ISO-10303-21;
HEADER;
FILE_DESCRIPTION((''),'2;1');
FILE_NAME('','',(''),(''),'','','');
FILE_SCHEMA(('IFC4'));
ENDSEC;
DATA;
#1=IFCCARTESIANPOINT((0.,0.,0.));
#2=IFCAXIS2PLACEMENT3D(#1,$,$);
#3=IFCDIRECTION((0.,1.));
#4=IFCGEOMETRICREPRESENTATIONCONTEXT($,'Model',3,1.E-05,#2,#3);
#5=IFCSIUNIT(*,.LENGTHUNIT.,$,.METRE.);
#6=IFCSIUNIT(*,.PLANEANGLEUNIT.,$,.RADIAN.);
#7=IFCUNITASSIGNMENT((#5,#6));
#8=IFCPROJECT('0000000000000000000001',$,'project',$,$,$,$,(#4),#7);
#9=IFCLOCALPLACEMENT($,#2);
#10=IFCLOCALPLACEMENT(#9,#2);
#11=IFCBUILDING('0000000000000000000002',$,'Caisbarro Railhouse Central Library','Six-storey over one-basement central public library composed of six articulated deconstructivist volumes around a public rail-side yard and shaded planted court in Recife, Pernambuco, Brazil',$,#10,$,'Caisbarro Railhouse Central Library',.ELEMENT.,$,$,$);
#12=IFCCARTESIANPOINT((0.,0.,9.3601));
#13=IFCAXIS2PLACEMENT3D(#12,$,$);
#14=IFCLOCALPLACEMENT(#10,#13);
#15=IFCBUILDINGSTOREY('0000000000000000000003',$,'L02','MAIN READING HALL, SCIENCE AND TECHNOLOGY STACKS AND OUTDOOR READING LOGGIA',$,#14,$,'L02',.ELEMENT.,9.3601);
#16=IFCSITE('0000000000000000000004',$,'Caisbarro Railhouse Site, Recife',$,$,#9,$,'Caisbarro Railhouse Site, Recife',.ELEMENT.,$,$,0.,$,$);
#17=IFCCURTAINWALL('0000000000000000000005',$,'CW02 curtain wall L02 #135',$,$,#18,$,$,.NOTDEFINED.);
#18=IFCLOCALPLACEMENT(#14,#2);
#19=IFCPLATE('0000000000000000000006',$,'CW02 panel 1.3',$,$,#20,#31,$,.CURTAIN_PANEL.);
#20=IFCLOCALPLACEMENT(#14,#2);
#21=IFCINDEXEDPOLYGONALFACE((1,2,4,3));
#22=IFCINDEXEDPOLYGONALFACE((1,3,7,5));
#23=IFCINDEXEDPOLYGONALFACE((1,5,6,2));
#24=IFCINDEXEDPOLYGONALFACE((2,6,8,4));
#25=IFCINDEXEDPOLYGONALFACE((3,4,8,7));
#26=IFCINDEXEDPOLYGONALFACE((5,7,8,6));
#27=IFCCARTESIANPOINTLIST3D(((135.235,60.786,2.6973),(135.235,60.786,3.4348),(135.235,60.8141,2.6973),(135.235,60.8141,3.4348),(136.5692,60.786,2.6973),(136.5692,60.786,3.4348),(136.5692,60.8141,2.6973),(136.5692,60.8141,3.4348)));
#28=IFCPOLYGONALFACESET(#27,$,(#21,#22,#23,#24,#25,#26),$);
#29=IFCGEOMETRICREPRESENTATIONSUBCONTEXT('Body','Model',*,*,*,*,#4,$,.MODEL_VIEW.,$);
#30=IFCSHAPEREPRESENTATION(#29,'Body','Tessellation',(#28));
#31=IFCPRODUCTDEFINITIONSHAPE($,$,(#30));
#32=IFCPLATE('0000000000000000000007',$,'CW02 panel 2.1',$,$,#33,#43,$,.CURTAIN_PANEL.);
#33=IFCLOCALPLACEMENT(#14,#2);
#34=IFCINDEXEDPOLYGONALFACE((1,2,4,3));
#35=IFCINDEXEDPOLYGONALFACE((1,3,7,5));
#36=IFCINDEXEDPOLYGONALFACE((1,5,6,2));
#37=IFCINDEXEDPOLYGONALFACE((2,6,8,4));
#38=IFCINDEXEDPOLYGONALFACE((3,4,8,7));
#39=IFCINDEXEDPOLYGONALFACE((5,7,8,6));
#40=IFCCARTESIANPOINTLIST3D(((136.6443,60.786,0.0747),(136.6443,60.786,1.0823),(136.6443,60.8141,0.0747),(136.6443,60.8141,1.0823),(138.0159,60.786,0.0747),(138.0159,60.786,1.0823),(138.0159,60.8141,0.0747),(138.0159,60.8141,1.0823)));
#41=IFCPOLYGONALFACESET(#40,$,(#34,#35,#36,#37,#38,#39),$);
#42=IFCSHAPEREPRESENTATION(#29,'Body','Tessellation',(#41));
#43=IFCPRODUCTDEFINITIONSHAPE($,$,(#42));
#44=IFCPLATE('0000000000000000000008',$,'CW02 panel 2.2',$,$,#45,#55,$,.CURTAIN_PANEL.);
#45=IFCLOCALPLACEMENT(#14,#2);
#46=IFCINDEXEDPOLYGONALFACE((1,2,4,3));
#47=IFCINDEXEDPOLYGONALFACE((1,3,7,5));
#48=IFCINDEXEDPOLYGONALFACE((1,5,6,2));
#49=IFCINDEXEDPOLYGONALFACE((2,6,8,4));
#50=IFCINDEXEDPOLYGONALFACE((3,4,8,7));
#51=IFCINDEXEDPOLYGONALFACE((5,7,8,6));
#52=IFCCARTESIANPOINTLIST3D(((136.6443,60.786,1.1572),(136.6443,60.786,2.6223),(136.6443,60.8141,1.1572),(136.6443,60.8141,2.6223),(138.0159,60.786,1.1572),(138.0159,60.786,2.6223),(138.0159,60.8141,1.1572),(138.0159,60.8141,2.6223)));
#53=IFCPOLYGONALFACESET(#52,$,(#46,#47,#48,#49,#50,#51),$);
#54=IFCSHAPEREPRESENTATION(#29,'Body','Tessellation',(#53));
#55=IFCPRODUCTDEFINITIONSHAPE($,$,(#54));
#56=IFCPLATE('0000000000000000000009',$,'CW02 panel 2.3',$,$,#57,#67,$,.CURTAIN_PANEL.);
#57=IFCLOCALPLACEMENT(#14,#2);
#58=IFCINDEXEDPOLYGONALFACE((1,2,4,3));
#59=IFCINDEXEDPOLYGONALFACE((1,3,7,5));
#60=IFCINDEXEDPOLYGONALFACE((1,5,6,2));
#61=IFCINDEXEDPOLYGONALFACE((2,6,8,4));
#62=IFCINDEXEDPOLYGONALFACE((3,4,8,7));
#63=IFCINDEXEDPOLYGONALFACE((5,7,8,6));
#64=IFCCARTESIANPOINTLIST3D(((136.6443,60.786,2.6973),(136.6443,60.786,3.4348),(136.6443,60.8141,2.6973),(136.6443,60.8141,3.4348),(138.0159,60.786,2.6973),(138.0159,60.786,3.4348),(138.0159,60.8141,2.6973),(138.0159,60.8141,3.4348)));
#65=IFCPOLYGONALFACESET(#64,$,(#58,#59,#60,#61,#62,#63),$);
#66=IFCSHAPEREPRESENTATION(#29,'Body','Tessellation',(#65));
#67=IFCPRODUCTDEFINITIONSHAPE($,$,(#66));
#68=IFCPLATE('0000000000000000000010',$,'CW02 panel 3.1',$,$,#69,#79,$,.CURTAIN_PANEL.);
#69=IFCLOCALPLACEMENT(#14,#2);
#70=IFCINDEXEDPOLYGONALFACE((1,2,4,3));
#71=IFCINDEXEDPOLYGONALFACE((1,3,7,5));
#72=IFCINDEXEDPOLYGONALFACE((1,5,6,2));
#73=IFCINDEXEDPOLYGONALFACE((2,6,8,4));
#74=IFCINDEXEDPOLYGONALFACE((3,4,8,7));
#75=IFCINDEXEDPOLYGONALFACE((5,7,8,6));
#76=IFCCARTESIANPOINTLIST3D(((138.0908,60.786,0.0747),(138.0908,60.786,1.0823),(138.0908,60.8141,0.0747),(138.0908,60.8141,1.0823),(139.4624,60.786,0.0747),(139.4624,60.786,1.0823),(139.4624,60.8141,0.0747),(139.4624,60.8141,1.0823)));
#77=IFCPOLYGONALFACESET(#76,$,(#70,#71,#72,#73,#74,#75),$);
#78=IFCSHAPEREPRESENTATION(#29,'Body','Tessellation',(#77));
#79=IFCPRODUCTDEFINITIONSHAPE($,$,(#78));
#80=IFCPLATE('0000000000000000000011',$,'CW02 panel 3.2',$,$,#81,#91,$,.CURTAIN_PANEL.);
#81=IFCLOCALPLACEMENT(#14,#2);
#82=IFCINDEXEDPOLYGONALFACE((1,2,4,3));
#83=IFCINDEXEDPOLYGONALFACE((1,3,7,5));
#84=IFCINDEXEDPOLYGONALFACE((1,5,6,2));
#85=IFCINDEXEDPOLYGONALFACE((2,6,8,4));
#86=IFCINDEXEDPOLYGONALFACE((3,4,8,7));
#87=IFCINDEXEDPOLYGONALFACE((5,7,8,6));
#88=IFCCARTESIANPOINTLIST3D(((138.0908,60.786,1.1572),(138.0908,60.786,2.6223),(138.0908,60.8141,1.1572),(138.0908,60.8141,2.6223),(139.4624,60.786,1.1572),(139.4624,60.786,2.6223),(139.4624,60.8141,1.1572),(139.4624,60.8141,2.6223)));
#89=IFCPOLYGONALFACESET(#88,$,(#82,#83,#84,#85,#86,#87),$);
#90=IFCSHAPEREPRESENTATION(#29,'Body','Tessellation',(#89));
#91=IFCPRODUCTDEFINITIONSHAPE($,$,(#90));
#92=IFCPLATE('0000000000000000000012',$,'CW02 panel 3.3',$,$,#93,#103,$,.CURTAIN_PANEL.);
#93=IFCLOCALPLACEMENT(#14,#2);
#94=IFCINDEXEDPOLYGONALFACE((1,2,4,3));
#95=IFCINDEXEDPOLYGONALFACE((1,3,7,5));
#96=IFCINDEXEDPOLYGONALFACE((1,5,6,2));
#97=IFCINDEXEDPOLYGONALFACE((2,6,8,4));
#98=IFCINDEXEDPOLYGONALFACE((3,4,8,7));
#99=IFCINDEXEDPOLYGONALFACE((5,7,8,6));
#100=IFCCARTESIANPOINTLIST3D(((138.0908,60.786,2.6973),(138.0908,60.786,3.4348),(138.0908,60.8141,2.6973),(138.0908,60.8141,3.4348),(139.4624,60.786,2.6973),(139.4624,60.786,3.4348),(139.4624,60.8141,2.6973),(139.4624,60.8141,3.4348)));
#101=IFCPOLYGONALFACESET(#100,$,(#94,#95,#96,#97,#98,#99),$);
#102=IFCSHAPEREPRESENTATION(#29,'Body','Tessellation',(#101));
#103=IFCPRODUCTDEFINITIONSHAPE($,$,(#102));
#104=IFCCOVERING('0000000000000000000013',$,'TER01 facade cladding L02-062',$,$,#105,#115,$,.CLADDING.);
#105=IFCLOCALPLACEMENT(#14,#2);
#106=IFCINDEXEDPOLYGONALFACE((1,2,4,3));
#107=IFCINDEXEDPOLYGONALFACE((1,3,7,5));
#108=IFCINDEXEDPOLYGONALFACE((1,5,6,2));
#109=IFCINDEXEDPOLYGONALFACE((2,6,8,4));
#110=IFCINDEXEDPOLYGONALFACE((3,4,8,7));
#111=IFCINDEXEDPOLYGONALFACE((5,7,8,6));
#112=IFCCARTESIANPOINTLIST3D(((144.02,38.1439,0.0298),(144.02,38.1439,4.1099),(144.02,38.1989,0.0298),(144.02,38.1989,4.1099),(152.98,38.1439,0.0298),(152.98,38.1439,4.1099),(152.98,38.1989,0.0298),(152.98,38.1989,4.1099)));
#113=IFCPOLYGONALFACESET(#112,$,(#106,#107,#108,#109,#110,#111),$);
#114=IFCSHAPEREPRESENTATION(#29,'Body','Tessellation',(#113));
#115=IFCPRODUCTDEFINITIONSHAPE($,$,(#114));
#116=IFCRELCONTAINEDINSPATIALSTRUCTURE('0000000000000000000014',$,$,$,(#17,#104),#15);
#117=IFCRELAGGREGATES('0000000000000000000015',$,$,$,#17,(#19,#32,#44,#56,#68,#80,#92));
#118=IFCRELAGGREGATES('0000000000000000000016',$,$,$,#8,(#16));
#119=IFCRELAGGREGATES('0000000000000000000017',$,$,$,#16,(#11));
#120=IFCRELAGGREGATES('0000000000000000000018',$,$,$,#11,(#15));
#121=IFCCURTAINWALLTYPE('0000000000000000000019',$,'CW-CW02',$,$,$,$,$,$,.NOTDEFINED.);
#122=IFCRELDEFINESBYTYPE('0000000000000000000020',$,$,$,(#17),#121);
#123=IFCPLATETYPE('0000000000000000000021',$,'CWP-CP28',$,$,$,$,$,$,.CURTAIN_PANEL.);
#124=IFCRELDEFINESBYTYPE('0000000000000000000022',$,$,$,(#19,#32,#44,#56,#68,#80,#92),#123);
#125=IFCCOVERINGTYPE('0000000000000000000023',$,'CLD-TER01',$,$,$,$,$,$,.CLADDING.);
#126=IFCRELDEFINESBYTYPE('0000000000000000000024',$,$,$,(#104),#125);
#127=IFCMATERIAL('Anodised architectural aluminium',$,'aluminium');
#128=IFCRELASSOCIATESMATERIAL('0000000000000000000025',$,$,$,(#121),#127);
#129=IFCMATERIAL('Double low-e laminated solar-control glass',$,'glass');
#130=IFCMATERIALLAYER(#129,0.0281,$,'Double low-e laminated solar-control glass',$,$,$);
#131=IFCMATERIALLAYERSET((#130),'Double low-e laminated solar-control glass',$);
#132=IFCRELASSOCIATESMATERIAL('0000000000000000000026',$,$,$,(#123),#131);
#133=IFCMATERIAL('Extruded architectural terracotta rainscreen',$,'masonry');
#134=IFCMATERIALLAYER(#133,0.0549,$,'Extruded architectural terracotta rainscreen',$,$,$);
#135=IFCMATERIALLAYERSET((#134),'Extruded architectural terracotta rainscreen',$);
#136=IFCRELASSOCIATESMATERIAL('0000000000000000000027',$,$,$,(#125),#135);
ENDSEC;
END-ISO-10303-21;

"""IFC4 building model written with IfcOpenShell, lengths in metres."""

from ifc_helpers import new_model, si_unit, direction, frame, origin, origin_2d, place, context, subcontext, project, spatial, rectangle, extrude, material, layer, layer_set, type_object, element, aggregate, save


model = new_model("IFC4")

# Units and contexts
model_context = context("Model", 3, precision=1e-05, world=origin(), true_north=direction((0.0, 1.0)))
body_context = subcontext(model_context, "Body", "Model", "MODEL_VIEW")
ifc_project = project(units=[si_unit("LENGTHUNIT", "METRE"), si_unit("PLANEANGLEUNIT", "RADIAN")], contexts=[model_context])

# Site, building, storey
site_placement = place(None, origin())
site = spatial("IfcSite", under=ifc_project, at=site_placement, Name="Caisbarro Railhouse Site, Recife", LongName="Caisbarro Railhouse Site, Recife", CompositionType="ELEMENT", RefElevation=0.0)
building_placement = place(site_placement, origin())
building = spatial("IfcBuilding", under=site, at=building_placement, Name="Caisbarro Railhouse Central Library", Description="Six-storey over one-basement central public library composed of six articulated deconstructivist volumes around a public rail-side yard and shaded planted court in Recife, Pernambuco, Brazil", LongName="Caisbarro Railhouse Central Library", CompositionType="ELEMENT")
storey_placement = place(building_placement, frame((0.0, 0.0, 9.3601)))
storey = spatial("IfcBuildingStorey", under=building, at=storey_placement, Name="L02", Description="MAIN READING HALL, SCIENCE AND TECHNOLOGY STACKS AND OUTDOOR READING LOGGIA", LongName="L02", CompositionType="ELEMENT", Elevation=9.3601)

# Curtain wall, plates
ifc_material_1 = material(Name="Anodised architectural aluminium", Category="aluminium")
curtain_wall_type = type_object("IfcCurtainWallType", Name="CW-CW02", PredefinedType="NOTDEFINED", material=ifc_material_1)
curtain_wall_placement = place(storey_placement, origin())
curtain_wall = element("IfcCurtainWall", 1, at=curtain_wall_placement, inside=storey, type_object=curtain_wall_type, Name="CW02 curtain wall L02 #135", PredefinedType="NOTDEFINED")
ifc_material_2 = material(Name="Double low-e laminated solar-control glass", Category="glass")
ifc_layer_1 = layer(ifc_material_2, 0.0281, Name="Double low-e laminated solar-control glass")
ifc_layer_set_1 = layer_set([ifc_layer_1], Name="Double low-e laminated solar-control glass")
plate_type = type_object("IfcPlateType", Name="CWP-CP28", PredefinedType="CURTAIN_PANEL", material=ifc_layer_set_1)
plate_1_placement = place(storey_placement, frame((135.9021, 60.8, 2.6973), z_axis=(0.0, 0.0, 1.0), x_axis=(1.0, 0.0, 0.0)))
plate_1 = element("IfcPlate", 2, at=plate_1_placement, type_object=plate_type, Name="CW02 panel 1.3", PredefinedType="CURTAIN_PANEL", context=body_context, shape_type="SweptSolid", body=[
    extrude(rectangle(XDim=1.3342, YDim=0.0281, at=origin_2d()), origin(), (0.0, 0.0, 1.0), 0.7375),
])
plate_2_placement = place(storey_placement, frame((137.3301, 60.8, 0.0747), z_axis=(0.0, 0.0, 1.0), x_axis=(1.0, 0.0, 0.0)))
plate_2 = element("IfcPlate", 3, at=plate_2_placement, type_object=plate_type, Name="CW02 panel 2.1", PredefinedType="CURTAIN_PANEL", context=body_context, shape_type="SweptSolid", body=[
    extrude(rectangle(XDim=1.3716, YDim=0.0281, at=origin_2d()), origin(), (0.0, 0.0, 1.0), 1.0076),
])
plate_3_placement = place(storey_placement, frame((137.3301, 60.8, 1.1572), z_axis=(0.0, 0.0, 1.0), x_axis=(1.0, 0.0, 0.0)))
plate_3 = element("IfcPlate", 4, at=plate_3_placement, type_object=plate_type, Name="CW02 panel 2.2", PredefinedType="CURTAIN_PANEL", context=body_context, shape_type="SweptSolid", body=[
    extrude(rectangle(XDim=1.3716, YDim=0.0281, at=origin_2d()), origin(), (0.0, 0.0, 1.0), 1.4651),
])
plate_4_placement = place(storey_placement, frame((137.3301, 60.8, 2.6973), z_axis=(0.0, 0.0, 1.0), x_axis=(1.0, 0.0, 0.0)))
plate_4 = element("IfcPlate", 5, at=plate_4_placement, type_object=plate_type, Name="CW02 panel 2.3", PredefinedType="CURTAIN_PANEL", context=body_context, shape_type="SweptSolid", body=[
    extrude(rectangle(XDim=1.3716, YDim=0.0281, at=origin_2d()), origin(), (0.0, 0.0, 1.0), 0.7375),
])
plate_5_placement = place(storey_placement, frame((138.7766, 60.8, 0.0747), z_axis=(0.0, 0.0, 1.0), x_axis=(1.0, 0.0, 0.0)))
plate_5 = element("IfcPlate", 6, at=plate_5_placement, type_object=plate_type, Name="CW02 panel 3.1", PredefinedType="CURTAIN_PANEL", context=body_context, shape_type="SweptSolid", body=[
    extrude(rectangle(XDim=1.3716, YDim=0.0281, at=origin_2d()), origin(), (0.0, 0.0, 1.0), 1.0076),
])
plate_6_placement = place(storey_placement, frame((138.7766, 60.8, 1.1572), z_axis=(0.0, 0.0, 1.0), x_axis=(1.0, 0.0, 0.0)))
plate_6 = element("IfcPlate", 7, at=plate_6_placement, type_object=plate_type, Name="CW02 panel 3.2", PredefinedType="CURTAIN_PANEL", context=body_context, shape_type="SweptSolid", body=[
    extrude(rectangle(XDim=1.3716, YDim=0.0281, at=origin_2d()), origin(), (0.0, 0.0, 1.0), 1.4651),
])
plate_7_placement = place(storey_placement, frame((138.7766, 60.8, 2.6973), z_axis=(0.0, 0.0, 1.0), x_axis=(1.0, 0.0, 0.0)))
plate_7 = element("IfcPlate", 8, at=plate_7_placement, type_object=plate_type, Name="CW02 panel 3.3", PredefinedType="CURTAIN_PANEL", context=body_context, shape_type="SweptSolid", body=[
    extrude(rectangle(XDim=1.3716, YDim=0.0281, at=origin_2d()), origin(), (0.0, 0.0, 1.0), 0.7375),
])
aggregate(curtain_wall, [plate_1, plate_2, plate_3, plate_4, plate_5, plate_6, plate_7])

# Covering
ifc_material_3 = material(Name="Extruded architectural terracotta rainscreen", Category="masonry")
ifc_layer_2 = layer(ifc_material_3, 0.0549, Name="Extruded architectural terracotta rainscreen")
ifc_layer_set_2 = layer_set([ifc_layer_2], Name="Extruded architectural terracotta rainscreen")
covering_type = type_object("IfcCoveringType", Name="CLD-TER01", PredefinedType="CLADDING", material=ifc_layer_set_2)
covering_placement = place(storey_placement, frame((148.5, 38.1714, 0.0298), z_axis=(0.0, 0.0, 1.0), x_axis=(1.0, 0.0, 0.0)))
element("IfcCovering", 9, at=covering_placement, inside=storey, type_object=covering_type, Name="TER01 facade cladding L02-062", PredefinedType="CLADDING", context=body_context, shape_type="SweptSolid", body=[
    extrude(rectangle(XDim=8.96, YDim=0.0549, at=origin_2d()), origin(), (0.0, 0.0, 1.0), 4.0801),
])

save(model, "model.ifc")
